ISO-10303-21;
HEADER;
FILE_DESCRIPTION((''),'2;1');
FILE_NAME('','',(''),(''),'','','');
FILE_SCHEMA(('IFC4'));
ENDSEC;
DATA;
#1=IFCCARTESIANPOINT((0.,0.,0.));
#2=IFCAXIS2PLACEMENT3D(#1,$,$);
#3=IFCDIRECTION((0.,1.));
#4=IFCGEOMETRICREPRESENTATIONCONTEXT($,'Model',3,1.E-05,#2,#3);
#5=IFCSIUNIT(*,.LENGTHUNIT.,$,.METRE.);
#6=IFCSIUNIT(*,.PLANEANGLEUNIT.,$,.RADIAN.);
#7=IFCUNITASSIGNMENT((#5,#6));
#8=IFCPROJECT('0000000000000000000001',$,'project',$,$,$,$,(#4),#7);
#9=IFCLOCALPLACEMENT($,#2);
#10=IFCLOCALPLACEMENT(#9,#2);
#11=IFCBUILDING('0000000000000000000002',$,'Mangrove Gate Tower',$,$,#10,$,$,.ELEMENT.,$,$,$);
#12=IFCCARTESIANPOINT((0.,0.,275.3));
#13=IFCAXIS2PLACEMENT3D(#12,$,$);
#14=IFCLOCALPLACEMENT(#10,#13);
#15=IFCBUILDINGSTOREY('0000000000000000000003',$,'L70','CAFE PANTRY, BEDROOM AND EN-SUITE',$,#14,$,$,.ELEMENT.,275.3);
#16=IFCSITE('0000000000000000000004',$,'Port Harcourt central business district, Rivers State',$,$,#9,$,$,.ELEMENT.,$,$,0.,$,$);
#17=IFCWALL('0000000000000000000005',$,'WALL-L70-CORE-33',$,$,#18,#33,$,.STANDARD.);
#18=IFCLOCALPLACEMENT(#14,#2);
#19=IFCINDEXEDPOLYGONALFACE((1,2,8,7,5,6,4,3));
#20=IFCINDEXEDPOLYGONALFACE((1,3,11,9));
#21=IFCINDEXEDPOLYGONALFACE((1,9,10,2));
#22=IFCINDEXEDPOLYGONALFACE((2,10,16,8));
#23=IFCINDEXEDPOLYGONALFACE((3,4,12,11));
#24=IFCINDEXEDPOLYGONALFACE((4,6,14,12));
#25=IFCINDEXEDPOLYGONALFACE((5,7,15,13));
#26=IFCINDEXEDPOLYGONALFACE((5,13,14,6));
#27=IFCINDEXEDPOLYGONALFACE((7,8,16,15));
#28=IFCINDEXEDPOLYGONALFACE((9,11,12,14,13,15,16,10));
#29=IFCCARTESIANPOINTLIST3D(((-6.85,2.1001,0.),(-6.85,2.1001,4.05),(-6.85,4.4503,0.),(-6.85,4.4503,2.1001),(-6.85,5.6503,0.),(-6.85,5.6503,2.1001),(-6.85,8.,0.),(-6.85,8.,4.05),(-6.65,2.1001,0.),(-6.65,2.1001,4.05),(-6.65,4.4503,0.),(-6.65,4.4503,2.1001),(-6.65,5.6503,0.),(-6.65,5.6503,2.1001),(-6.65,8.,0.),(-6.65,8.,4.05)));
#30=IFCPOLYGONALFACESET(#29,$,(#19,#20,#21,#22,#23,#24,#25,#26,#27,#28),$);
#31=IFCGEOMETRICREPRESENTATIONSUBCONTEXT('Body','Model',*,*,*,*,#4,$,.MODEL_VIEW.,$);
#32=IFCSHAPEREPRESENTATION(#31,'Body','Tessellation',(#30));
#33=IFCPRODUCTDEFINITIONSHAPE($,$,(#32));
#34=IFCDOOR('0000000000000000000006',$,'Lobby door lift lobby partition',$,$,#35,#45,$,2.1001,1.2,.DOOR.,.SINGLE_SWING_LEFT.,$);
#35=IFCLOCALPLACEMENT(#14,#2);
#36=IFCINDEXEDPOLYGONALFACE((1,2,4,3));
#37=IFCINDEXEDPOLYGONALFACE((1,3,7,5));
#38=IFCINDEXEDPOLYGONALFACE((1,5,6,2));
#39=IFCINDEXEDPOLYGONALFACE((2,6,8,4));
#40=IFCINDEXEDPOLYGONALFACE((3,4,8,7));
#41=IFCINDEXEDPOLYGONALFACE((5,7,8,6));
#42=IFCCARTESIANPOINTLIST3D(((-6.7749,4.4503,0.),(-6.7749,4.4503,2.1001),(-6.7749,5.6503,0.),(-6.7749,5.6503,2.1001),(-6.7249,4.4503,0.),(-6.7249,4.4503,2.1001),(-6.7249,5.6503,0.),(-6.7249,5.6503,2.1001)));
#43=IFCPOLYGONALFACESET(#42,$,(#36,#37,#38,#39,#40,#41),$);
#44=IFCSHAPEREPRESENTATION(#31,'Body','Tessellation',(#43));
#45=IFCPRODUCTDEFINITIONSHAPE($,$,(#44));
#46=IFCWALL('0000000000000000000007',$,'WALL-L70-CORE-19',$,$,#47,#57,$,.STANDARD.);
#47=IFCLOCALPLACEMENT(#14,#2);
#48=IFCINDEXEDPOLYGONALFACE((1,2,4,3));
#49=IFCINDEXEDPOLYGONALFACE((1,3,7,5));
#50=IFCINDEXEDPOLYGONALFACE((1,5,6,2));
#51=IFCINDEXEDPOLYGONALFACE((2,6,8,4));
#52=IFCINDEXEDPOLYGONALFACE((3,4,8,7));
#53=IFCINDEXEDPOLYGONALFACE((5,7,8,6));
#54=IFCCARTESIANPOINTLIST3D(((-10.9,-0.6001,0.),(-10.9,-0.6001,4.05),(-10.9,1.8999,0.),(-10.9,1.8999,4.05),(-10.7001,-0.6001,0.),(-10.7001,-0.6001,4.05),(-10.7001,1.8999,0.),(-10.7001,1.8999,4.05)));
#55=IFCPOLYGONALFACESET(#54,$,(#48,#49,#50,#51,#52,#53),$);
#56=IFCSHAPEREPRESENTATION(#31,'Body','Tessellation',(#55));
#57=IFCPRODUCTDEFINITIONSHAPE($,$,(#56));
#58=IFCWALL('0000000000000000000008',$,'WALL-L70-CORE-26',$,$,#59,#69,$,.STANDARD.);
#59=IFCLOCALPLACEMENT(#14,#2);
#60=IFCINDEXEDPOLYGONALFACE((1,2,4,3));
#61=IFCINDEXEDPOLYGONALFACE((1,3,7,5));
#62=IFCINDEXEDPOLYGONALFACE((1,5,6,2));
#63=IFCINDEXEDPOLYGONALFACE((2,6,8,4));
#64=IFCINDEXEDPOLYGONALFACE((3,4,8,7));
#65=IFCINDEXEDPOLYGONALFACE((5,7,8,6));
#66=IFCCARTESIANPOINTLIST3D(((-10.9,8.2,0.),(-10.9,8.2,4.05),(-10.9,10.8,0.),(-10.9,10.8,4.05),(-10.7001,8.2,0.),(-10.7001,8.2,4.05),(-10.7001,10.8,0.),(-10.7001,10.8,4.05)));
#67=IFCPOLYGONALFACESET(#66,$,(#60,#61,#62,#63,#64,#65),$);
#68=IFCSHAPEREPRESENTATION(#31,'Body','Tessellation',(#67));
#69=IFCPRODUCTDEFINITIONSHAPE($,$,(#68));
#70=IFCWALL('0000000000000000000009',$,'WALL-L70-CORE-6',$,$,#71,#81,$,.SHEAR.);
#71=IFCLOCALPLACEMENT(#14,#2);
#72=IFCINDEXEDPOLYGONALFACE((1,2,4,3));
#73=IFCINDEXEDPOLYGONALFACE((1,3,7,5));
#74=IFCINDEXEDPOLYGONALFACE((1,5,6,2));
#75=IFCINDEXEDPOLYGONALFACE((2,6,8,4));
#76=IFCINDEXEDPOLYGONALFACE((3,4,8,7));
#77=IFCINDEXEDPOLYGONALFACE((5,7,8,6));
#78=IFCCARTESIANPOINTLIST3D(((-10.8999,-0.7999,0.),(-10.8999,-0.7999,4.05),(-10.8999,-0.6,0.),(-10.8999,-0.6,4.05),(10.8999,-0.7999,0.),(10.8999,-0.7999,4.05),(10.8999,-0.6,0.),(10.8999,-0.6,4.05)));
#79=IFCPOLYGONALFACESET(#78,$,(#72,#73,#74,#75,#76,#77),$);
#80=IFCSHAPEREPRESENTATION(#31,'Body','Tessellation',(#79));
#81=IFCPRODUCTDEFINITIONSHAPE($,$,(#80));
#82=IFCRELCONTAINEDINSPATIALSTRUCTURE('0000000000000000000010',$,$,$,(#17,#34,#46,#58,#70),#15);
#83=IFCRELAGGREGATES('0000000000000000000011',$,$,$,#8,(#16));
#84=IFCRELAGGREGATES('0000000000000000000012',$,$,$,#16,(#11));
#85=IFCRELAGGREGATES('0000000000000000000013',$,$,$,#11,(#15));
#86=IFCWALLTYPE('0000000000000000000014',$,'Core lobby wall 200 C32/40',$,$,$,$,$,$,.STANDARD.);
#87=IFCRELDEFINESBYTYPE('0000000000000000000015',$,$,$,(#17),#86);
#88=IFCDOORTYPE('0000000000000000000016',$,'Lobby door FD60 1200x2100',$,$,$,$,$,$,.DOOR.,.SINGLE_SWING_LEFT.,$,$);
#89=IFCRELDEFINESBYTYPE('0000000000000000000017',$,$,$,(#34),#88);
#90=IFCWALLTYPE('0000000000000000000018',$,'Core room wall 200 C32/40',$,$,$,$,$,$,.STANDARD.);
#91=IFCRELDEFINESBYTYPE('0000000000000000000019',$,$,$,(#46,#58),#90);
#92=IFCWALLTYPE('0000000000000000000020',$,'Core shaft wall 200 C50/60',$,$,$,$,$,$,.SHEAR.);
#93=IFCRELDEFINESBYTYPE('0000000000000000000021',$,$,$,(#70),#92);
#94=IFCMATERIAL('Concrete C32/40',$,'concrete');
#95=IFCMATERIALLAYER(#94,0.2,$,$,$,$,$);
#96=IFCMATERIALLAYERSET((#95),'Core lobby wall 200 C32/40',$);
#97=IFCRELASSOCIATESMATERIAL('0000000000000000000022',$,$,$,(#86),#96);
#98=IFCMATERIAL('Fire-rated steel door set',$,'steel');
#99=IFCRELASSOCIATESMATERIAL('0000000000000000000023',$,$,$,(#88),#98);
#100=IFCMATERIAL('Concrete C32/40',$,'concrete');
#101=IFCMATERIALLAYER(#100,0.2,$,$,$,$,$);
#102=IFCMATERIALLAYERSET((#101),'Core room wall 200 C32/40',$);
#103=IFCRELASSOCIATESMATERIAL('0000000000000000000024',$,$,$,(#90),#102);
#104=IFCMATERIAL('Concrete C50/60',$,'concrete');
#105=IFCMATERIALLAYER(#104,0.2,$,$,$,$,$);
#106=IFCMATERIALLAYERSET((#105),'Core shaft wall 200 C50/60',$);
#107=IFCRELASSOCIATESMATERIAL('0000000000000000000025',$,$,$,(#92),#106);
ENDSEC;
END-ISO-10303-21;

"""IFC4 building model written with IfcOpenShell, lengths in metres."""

from ifc_helpers import new_model, si_unit, direction, frame, frame_2d, origin, place, context, subcontext, project, spatial, rectangle, extrude, material, layer, layer_set, type_object, element, fill, save


model = new_model("IFC4")

# Units and contexts
model_context = context("Model", 3, precision=1e-05, world=origin(), true_north=direction((0.0, 1.0)))
body_context = subcontext(model_context, "Body", "Model", "MODEL_VIEW")
ifc_project = project(units=[si_unit("LENGTHUNIT", "METRE"), si_unit("PLANEANGLEUNIT", "RADIAN")], contexts=[model_context])

# Site, building, storey
site_placement = place(None, origin())
site = spatial("IfcSite", under=ifc_project, at=site_placement, Name="Port Harcourt central business district, Rivers State", CompositionType="ELEMENT", RefElevation=0.0)
building_placement = place(site_placement, origin())
building = spatial("IfcBuilding", under=site, at=building_placement, Name="Mangrove Gate Tower", CompositionType="ELEMENT")
storey_placement = place(building_placement, frame((0.0, 0.0, 275.3)))
storey = spatial("IfcBuildingStorey", under=building, at=storey_placement, Name="L70", Description="CAFE PANTRY, BEDROOM AND EN-SUITE", CompositionType="ELEMENT", Elevation=275.3)

# Wall, opening, door
ifc_material_1 = material(Name="Concrete C32/40", Category="concrete")
ifc_layer_1 = layer(ifc_material_1, 0.2)
ifc_layer_set_1 = layer_set([ifc_layer_1], Name="Core lobby wall 200 C32/40")
wall_type_1 = type_object("IfcWallType", Name="Core lobby wall 200 C32/40", PredefinedType="STANDARD", material=ifc_layer_set_1)
wall_1_placement = place(storey_placement, frame((-6.75, 2.1001, 0.0), z_axis=(0.0, 0.0, 1.0), x_axis=(0.0, 1.0, 0.0)))
wall_1 = element("IfcWall", 1, at=wall_1_placement, inside=storey, type_object=wall_type_1, Name="WALL-L70-CORE-33", PredefinedType="STANDARD", context=body_context, shape_type="SweptSolid", body=[
    extrude(rectangle(XDim=5.8999, YDim=0.2, at=frame_2d((2.95, 0.0))), origin(), (0.0, 0.0, 1.0), 4.05),
])
opening_1_placement = place(wall_1_placement, frame((2.3501, 0.0, 0.0)))
opening_1 = element("IfcOpeningElement", 2, at=opening_1_placement, cuts=wall_1, PredefinedType="OPENING", context=body_context, shape_type="SweptSolid", body=[
    extrude(rectangle(XDim=1.2, YDim=2.1001, at=frame_2d((0.6001, 1.05))), frame((0.0, 0.1099, 0.0), z_axis=(0.0, -1.0, 0.0), x_axis=(1.0, 0.0, 0.0)), (0.0, 0.0, 1.0), 0.22),
])
ifc_material_2 = material(Name="Fire-rated steel door set", Category="steel")
door_type_1 = type_object("IfcDoorType", Name="Lobby door FD60 1200x2100", OperationType="SINGLE_SWING_LEFT", PredefinedType="DOOR", material=ifc_material_2)
door_1_placement = place(opening_1_placement, origin())
door_1 = element("IfcDoor", 3, at=door_1_placement, inside=storey, type_object=door_type_1, Name="Lobby door lift lobby partition", OperationType="SINGLE_SWING_LEFT", OverallHeight=2.1001, OverallWidth=1.2, PredefinedType="DOOR", context=body_context, shape_type="SweptSolid", body=[
    extrude(rectangle(XDim=1.2, YDim=2.1001, at=frame_2d((0.6001, 1.05))), frame((0.0, 0.0249, 0.0), z_axis=(0.0, -1.0, 0.0), x_axis=(1.0, 0.0, 0.0)), (0.0, 0.0, 1.0), 0.05),
])
fill(opening_1, door_1)

# Walls
ifc_material_3 = material(Name="Concrete C32/40", Category="concrete")
ifc_layer_2 = layer(ifc_material_3, 0.2)
ifc_layer_set_2 = layer_set([ifc_layer_2], Name="Core room wall 200 C32/40")
wall_type_2 = type_object("IfcWallType", Name="Core room wall 200 C32/40", PredefinedType="STANDARD", material=ifc_layer_set_2)
wall_2_placement = place(storey_placement, frame((-10.8, -0.6001, 0.0), z_axis=(0.0, 0.0, 1.0), x_axis=(0.0, 1.0, 0.0)))
element("IfcWall", 4, at=wall_2_placement, inside=storey, type_object=wall_type_2, Name="WALL-L70-CORE-19", PredefinedType="STANDARD", context=body_context, shape_type="SweptSolid", body=[
    extrude(rectangle(XDim=2.5, YDim=0.2, at=frame_2d((1.25, 0.0))), origin(), (0.0, 0.0, 1.0), 4.05),
])
wall_3_placement = place(storey_placement, frame((-10.8, 8.2, 0.0), z_axis=(0.0, 0.0, 1.0), x_axis=(0.0, 1.0, 0.0)))
element("IfcWall", 5, at=wall_3_placement, inside=storey, type_object=wall_type_2, Name="WALL-L70-CORE-26", PredefinedType="STANDARD", context=body_context, shape_type="SweptSolid", body=[
    extrude(rectangle(XDim=2.6001, YDim=0.2, at=frame_2d((1.3, 0.0))), origin(), (0.0, 0.0, 1.0), 4.05),
])
ifc_material_4 = material(Name="Concrete C50/60", Category="concrete")
ifc_layer_3 = layer(ifc_material_4, 0.2)
ifc_layer_set_3 = layer_set([ifc_layer_3], Name="Core shaft wall 200 C50/60")
wall_type_3 = type_object("IfcWallType", Name="Core shaft wall 200 C50/60", PredefinedType="SHEAR", material=ifc_layer_set_3)
wall_4_placement = place(storey_placement, frame((-10.8999, -0.7, 0.0), z_axis=(0.0, 0.0, 1.0), x_axis=(1.0, 0.0, 0.0)))
element("IfcWall", 6, at=wall_4_placement, inside=storey, type_object=wall_type_3, Name="WALL-L70-CORE-6", PredefinedType="SHEAR", context=body_context, shape_type="SweptSolid", body=[
    extrude(rectangle(XDim=21.7998, YDim=0.2, at=frame_2d((10.8999, 0.0))), origin(), (0.0, 0.0, 1.0), 4.05),
])

save(model, "model.ifc")
